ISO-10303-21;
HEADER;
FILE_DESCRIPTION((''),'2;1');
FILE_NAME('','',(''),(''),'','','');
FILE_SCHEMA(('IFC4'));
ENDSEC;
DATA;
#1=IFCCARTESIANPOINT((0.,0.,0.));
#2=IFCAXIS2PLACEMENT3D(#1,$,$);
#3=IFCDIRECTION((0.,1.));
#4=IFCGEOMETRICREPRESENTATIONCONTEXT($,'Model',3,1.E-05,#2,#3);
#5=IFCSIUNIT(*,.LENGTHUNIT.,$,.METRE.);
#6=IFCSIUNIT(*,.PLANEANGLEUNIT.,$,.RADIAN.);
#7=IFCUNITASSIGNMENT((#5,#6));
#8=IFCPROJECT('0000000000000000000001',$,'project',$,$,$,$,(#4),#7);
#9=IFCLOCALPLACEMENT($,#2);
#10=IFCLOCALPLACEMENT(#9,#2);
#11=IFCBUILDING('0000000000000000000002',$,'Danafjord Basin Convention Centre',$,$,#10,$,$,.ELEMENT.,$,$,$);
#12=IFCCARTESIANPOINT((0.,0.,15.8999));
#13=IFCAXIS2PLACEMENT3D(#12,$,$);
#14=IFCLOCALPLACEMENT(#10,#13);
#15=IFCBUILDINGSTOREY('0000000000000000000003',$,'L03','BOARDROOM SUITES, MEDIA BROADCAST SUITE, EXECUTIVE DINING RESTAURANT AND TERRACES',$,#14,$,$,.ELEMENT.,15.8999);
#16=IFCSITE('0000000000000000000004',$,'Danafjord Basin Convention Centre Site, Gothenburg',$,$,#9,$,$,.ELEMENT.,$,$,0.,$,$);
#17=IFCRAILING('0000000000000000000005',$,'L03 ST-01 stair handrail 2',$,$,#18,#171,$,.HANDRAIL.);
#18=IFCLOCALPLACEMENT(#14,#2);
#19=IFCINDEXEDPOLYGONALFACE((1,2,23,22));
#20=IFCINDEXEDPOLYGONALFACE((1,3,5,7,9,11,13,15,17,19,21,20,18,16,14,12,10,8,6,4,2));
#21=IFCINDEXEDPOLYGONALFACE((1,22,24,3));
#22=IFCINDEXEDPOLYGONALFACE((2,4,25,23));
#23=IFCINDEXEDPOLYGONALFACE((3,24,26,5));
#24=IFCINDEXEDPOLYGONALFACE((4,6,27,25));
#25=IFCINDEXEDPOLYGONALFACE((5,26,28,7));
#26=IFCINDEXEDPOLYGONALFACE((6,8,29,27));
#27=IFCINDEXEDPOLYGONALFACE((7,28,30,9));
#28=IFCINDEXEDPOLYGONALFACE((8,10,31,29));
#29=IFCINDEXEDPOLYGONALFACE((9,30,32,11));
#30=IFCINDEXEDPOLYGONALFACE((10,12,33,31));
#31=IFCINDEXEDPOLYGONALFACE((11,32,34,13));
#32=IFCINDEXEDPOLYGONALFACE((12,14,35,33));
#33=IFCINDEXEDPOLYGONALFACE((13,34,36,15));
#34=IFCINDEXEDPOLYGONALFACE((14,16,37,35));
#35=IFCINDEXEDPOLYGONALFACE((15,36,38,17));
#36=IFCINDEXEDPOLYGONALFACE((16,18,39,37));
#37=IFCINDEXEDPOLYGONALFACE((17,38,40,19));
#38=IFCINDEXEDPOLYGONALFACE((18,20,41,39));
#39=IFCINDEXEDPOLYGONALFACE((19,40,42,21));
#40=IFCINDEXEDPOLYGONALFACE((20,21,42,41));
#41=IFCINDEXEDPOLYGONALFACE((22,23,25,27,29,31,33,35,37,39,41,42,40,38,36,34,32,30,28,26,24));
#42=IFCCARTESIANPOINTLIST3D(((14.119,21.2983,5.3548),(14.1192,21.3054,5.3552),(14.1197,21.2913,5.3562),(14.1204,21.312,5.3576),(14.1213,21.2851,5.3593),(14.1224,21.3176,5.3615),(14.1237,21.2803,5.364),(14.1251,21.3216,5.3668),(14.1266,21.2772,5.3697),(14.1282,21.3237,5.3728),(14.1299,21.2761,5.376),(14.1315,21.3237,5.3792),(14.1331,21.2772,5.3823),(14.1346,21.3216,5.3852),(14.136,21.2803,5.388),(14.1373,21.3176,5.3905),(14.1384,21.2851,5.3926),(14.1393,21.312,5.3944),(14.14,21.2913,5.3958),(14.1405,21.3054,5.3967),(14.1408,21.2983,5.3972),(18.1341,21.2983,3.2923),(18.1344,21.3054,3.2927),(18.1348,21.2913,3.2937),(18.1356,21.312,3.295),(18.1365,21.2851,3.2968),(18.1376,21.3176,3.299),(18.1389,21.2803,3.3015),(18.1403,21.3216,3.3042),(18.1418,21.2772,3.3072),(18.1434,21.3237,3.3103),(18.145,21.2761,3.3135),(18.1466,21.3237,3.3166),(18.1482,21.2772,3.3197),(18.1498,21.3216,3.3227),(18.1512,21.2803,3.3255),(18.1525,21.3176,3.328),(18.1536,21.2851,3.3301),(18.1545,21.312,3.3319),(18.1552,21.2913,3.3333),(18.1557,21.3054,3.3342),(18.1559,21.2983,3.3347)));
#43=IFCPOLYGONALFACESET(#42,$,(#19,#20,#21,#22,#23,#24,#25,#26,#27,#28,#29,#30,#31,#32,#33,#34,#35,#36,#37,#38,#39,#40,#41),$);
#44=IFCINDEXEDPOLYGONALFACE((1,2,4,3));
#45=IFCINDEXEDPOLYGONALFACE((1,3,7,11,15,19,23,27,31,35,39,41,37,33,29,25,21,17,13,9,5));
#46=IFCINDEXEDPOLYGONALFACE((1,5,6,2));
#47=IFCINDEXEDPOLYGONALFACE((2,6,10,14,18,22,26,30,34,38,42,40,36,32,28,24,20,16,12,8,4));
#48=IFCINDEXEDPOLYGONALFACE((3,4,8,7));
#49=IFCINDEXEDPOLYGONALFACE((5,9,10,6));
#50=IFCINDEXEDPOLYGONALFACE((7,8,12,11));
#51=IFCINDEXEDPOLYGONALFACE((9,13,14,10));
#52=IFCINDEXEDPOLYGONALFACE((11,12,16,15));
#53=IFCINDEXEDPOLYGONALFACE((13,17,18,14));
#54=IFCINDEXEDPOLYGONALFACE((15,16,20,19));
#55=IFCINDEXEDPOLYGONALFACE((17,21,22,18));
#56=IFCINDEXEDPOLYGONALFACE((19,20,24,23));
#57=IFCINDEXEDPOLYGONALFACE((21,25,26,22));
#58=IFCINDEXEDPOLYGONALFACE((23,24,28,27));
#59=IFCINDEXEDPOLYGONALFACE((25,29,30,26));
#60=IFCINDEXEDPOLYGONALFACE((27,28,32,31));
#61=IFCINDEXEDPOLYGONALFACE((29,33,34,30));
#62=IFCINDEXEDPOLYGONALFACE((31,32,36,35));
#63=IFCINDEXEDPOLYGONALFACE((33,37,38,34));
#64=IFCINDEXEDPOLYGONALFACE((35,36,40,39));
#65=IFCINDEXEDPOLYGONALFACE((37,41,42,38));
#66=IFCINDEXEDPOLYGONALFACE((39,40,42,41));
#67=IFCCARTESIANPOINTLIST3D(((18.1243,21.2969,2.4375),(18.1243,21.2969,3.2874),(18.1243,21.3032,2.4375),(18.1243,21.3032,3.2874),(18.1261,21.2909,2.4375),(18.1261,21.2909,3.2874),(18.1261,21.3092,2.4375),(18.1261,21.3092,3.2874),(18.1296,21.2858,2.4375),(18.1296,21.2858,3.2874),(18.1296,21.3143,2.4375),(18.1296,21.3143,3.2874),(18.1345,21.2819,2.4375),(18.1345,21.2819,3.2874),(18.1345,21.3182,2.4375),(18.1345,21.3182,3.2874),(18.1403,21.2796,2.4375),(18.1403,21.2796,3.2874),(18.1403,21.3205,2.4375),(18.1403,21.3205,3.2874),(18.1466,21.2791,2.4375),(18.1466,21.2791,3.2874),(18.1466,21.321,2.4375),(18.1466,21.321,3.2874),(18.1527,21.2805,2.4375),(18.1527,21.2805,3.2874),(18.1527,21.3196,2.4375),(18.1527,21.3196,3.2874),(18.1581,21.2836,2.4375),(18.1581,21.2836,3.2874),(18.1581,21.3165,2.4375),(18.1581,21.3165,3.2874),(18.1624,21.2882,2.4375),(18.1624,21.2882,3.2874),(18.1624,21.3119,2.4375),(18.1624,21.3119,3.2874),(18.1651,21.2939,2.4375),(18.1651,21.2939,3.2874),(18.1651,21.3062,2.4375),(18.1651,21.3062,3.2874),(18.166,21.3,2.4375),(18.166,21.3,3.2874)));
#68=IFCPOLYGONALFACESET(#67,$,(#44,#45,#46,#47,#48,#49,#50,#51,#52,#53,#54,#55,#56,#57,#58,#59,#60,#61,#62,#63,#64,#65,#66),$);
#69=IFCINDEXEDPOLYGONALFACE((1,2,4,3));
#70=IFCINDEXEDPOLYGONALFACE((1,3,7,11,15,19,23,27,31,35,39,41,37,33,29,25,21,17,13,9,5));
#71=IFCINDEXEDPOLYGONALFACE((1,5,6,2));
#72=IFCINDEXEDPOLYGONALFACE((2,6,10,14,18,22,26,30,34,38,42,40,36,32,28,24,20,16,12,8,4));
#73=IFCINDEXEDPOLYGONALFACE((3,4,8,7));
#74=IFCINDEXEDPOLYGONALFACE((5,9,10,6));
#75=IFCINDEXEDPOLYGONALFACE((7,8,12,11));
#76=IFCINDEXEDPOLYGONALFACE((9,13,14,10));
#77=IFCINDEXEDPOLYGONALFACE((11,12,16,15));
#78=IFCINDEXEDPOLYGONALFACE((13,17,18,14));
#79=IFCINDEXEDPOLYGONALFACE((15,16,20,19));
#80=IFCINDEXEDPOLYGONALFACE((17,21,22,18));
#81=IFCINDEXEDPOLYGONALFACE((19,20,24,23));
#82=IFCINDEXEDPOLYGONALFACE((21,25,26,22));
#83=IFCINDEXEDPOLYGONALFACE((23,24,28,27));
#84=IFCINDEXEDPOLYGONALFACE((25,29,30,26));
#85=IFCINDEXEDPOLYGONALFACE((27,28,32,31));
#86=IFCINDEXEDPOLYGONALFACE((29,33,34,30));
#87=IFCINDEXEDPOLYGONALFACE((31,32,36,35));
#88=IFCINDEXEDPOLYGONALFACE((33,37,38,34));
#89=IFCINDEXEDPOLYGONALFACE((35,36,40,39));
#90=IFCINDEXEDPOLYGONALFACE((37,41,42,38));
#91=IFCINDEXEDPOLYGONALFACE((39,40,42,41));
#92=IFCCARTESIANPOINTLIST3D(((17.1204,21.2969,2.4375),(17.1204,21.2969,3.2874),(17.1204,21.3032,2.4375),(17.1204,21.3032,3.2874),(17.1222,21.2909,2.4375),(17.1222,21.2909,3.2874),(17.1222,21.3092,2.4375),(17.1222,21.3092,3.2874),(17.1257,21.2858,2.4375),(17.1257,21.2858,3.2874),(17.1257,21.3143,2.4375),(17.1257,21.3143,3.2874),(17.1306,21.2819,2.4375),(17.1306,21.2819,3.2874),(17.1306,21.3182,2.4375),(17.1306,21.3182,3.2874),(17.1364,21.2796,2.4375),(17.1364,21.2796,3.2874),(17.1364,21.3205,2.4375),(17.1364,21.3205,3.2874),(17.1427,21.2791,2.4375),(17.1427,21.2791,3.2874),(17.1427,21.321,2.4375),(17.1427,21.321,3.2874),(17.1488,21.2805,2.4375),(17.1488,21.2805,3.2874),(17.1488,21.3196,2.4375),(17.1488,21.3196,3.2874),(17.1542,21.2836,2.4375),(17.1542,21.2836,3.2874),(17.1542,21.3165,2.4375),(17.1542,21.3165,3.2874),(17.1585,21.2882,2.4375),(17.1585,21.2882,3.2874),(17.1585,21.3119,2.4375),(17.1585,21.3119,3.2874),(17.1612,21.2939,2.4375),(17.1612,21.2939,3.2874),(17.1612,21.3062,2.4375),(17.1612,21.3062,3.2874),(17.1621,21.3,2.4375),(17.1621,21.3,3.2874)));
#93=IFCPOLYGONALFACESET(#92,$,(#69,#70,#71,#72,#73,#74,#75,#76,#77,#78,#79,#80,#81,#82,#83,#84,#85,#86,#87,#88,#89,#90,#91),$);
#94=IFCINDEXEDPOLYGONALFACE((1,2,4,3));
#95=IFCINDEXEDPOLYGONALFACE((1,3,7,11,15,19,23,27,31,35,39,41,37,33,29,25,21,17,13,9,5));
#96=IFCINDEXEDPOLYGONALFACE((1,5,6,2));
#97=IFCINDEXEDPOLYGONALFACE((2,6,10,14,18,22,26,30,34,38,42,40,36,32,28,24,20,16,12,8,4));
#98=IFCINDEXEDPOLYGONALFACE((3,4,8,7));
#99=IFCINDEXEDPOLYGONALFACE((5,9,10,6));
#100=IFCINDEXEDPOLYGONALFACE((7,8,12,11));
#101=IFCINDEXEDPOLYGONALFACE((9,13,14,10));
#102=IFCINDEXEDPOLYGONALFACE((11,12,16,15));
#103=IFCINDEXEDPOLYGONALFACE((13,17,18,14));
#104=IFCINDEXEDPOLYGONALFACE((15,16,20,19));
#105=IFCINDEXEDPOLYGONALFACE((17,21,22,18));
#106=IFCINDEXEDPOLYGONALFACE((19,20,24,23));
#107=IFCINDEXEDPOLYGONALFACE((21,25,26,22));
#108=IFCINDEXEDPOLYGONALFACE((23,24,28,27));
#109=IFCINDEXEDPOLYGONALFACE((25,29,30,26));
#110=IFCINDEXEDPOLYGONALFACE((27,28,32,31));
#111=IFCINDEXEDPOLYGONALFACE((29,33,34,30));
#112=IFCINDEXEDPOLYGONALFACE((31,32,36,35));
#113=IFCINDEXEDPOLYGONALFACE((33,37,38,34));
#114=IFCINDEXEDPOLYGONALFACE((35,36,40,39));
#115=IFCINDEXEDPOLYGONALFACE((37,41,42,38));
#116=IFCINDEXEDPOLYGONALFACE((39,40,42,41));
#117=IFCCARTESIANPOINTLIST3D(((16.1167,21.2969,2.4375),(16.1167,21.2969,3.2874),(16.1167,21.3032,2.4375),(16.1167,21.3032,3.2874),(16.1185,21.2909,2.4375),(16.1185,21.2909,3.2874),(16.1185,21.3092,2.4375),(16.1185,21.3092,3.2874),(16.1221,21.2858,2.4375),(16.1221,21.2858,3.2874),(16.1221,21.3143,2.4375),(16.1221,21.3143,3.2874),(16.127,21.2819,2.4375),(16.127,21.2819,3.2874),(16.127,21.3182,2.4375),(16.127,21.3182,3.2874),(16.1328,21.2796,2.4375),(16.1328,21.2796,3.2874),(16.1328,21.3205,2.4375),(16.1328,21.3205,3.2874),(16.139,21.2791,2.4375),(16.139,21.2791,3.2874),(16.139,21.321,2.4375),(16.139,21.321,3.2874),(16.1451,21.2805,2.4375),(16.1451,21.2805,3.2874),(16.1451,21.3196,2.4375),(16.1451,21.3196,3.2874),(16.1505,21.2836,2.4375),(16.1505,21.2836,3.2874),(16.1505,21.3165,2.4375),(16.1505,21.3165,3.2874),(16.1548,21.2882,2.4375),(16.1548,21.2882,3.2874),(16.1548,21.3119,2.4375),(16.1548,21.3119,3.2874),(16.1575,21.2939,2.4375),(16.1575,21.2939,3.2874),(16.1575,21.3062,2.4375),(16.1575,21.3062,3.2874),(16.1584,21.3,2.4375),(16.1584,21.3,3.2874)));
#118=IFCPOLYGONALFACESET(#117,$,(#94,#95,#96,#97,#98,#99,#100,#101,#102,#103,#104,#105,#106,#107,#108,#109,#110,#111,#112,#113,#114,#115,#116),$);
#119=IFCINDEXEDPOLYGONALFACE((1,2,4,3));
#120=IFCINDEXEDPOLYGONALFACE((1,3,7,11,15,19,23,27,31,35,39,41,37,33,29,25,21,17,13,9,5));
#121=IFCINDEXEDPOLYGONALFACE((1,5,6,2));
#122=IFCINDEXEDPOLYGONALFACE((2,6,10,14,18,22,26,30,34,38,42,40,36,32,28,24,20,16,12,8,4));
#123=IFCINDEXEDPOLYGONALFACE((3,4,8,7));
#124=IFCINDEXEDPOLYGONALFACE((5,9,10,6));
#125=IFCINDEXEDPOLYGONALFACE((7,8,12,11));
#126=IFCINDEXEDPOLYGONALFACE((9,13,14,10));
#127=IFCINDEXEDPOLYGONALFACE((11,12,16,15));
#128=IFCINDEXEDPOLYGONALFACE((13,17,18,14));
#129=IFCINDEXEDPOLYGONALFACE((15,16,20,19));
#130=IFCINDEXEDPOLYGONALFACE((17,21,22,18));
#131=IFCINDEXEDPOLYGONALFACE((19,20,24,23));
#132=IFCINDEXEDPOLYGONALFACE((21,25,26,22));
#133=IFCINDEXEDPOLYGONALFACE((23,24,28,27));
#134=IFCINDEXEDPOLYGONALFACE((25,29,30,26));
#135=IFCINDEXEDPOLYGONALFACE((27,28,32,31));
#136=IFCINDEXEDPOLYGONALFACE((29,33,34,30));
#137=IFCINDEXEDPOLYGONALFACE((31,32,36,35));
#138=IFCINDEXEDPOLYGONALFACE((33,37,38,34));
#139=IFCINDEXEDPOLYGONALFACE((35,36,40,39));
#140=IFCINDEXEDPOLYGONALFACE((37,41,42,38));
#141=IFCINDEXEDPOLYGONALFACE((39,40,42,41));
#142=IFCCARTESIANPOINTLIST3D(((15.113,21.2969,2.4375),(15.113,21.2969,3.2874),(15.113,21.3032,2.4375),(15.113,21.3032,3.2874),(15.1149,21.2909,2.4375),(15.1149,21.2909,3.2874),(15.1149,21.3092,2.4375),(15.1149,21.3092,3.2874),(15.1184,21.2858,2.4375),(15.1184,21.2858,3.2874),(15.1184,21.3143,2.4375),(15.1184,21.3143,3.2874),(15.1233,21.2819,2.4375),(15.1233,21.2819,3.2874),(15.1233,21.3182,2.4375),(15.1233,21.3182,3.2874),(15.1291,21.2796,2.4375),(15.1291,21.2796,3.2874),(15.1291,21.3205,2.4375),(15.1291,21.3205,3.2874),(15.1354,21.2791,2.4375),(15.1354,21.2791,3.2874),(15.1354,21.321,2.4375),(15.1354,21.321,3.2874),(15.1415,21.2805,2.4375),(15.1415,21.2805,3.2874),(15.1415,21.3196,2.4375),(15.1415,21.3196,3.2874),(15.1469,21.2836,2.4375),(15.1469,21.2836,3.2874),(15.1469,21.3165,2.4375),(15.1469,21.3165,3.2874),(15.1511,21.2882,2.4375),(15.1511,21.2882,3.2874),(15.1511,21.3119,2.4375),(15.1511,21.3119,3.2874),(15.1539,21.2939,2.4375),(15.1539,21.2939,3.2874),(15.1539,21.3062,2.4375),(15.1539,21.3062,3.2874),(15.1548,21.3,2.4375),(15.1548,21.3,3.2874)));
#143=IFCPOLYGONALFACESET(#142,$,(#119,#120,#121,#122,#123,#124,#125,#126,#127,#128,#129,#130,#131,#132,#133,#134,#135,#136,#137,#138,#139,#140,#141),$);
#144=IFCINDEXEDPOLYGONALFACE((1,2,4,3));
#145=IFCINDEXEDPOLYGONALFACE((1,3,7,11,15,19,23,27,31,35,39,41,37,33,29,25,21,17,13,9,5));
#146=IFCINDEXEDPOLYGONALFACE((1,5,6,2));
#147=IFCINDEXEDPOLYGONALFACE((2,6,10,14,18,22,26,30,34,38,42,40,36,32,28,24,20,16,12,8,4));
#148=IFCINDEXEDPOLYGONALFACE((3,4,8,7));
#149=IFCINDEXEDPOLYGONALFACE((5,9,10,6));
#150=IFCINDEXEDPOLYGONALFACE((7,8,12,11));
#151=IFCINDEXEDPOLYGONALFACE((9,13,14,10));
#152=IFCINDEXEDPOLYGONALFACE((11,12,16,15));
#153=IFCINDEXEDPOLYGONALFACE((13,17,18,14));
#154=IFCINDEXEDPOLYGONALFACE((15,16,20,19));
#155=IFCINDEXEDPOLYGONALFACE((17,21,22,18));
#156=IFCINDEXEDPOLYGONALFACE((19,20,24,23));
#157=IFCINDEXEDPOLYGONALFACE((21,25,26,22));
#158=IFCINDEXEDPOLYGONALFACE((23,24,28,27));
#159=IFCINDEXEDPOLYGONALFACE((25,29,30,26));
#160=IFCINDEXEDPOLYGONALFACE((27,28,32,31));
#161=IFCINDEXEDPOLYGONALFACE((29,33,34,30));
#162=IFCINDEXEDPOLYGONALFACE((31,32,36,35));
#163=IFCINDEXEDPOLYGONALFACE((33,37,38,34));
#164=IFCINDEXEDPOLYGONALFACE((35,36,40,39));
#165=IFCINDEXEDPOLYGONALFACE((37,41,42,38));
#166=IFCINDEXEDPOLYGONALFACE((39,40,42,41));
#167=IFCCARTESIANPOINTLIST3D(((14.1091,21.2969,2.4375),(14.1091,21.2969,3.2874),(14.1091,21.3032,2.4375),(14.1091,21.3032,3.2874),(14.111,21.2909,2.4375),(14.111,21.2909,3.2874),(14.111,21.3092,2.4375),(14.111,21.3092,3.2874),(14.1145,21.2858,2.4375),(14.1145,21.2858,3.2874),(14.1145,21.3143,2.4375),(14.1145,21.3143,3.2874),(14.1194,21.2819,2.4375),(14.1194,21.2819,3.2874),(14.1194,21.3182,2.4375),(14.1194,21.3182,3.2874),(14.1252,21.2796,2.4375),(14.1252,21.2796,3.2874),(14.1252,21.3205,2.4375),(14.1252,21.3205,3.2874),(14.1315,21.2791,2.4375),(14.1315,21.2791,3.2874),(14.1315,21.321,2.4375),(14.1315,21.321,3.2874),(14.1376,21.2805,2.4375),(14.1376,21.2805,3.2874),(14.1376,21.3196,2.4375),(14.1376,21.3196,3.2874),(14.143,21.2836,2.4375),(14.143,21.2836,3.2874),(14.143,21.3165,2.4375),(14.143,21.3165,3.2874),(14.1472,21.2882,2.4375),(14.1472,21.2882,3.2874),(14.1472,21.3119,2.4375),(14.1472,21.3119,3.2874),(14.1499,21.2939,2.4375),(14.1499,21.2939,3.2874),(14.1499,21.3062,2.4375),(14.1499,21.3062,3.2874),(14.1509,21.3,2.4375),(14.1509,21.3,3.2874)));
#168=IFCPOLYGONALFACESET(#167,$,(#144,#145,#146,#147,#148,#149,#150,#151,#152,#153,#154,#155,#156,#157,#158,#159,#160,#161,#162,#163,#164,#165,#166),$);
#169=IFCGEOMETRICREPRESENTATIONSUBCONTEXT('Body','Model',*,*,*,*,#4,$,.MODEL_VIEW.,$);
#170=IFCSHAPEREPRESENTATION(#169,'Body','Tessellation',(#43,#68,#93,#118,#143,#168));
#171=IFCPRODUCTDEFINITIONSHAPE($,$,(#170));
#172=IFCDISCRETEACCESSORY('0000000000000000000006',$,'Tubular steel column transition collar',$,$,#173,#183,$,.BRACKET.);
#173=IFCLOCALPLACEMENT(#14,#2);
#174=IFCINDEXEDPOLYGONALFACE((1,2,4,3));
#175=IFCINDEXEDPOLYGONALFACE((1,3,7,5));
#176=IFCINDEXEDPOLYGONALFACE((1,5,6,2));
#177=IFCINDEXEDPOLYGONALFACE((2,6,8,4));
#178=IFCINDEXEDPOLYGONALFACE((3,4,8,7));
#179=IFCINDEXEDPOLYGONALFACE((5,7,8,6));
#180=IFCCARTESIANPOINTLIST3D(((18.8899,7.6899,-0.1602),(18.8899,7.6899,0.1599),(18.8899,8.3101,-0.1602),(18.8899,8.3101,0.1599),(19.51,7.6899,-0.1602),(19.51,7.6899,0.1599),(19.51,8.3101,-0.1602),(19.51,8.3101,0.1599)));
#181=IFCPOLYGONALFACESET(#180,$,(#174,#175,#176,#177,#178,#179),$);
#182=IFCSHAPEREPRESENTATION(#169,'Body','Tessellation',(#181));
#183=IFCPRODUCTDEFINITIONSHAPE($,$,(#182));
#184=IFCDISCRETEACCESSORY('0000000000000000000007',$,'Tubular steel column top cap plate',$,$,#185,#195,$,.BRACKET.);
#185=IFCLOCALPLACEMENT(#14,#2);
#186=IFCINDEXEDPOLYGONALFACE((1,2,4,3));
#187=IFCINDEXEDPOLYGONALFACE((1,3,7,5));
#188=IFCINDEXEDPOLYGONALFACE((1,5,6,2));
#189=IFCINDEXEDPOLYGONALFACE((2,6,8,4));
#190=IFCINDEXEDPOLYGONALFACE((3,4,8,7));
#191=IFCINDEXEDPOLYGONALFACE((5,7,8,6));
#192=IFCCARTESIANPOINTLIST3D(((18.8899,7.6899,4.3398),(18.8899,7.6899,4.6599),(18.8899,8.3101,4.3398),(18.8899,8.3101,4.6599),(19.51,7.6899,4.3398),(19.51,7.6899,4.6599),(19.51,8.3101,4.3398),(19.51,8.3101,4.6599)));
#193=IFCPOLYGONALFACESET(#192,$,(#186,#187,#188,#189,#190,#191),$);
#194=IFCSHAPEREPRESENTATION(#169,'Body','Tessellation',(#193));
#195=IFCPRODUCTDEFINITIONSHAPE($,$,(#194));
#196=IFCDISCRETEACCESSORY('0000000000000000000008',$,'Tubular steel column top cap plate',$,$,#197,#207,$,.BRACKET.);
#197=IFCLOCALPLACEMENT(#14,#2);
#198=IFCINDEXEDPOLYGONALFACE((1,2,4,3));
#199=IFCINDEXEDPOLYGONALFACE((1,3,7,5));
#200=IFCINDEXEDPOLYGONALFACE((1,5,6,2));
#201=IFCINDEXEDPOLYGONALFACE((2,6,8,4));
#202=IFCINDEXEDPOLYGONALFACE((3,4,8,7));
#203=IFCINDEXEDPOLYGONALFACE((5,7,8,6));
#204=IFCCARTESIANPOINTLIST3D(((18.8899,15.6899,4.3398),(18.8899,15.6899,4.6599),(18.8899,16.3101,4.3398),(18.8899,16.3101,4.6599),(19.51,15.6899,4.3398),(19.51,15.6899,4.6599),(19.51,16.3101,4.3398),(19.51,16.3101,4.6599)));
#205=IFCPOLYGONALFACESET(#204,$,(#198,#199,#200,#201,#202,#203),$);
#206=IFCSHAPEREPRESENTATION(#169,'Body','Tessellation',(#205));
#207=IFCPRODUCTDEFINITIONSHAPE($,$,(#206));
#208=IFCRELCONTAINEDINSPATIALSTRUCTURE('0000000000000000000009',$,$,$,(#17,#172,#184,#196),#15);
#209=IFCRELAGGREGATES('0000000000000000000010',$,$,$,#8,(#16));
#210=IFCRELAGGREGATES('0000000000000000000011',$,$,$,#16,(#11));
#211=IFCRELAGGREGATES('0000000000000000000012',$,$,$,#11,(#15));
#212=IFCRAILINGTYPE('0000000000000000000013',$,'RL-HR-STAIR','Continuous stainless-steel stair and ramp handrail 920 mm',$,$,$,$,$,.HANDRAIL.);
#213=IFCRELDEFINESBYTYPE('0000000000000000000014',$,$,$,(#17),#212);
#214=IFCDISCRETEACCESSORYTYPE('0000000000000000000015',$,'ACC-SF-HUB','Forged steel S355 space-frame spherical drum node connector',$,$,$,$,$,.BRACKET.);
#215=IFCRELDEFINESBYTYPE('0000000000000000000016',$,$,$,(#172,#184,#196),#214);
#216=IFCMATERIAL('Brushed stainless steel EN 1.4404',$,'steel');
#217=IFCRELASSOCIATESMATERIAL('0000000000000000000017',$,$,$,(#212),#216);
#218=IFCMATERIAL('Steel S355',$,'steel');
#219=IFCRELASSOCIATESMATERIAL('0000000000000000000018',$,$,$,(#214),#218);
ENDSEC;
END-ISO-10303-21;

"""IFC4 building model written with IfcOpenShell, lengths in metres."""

from ifc_helpers import new_model, si_unit, direction, frame, origin, origin_2d, place, context, subcontext, project, spatial, rectangle, circle, extrude, material, type_object, element, save


model = new_model("IFC4")

# Units and contexts
model_context = context("Model", 3, precision=1e-05, world=origin(), true_north=direction((0.0, 1.0)))
body_context = subcontext(model_context, "Body", "Model", "MODEL_VIEW")
ifc_project = project(units=[si_unit("LENGTHUNIT", "METRE"), si_unit("PLANEANGLEUNIT", "RADIAN")], contexts=[model_context])

# Site, building, storey
site_placement = place(None, origin())
site = spatial("IfcSite", under=ifc_project, at=site_placement, Name="Danafjord Basin Convention Centre Site, Gothenburg", CompositionType="ELEMENT", RefElevation=0.0)
building_placement = place(site_placement, origin())
building = spatial("IfcBuilding", under=site, at=building_placement, Name="Danafjord Basin Convention Centre", CompositionType="ELEMENT")
storey_placement = place(building_placement, frame((0.0, 0.0, 15.8999)))
storey = spatial("IfcBuildingStorey", under=building, at=storey_placement, Name="L03", Description="BOARDROOM SUITES, MEDIA BROADCAST SUITE, EXECUTIVE DINING RESTAURANT AND TERRACES", CompositionType="ELEMENT", Elevation=15.8999)

# Shared definitions
ifc_material_1 = material(Name="Steel S355", Category="steel")

# Railing
ifc_material_2 = material(Name="Brushed stainless steel EN 1.4404", Category="steel")
railing_type_1 = type_object("IfcRailingType", Name="RL-HR-STAIR", Description="Continuous stainless-steel stair and ramp handrail 920 mm", PredefinedType="HANDRAIL", material=ifc_material_2)
railing_1_placement = place(storey_placement, frame((18.145, 21.3, 2.4375)))
element("IfcRailing", 1, at=railing_1_placement, inside=storey, type_object=railing_type_1, Name="L03 ST-01 stair handrail 2", PredefinedType="HANDRAIL", context=body_context, shape_type="SweptSolid", body=[
    extrude(circle(Radius=0.0239, at=origin_2d()), frame((0.0, 0.0, 0.876), z_axis=(-0.889506, 0.0, 0.456923), x_axis=(0.0, -1.0, 0.0)), (0.0, 0.0, 1.0), 4.5139),
    extrude(circle(Radius=0.021, at=origin_2d()), origin(), (0.0, 0.0, 1.0), 0.8499),
    extrude(circle(Radius=0.021, at=origin_2d()), frame((-1.0039, 0.0, 0.0)), (0.0, 0.0, 1.0), 0.8499),
    extrude(circle(Radius=0.021, at=origin_2d()), frame((-2.0076, 0.0, 0.0)), (0.0, 0.0, 1.0), 0.8499),
    extrude(circle(Radius=0.021, at=origin_2d()), frame((-3.0112, 0.0, 0.0)), (0.0, 0.0, 1.0), 0.8499),
    extrude(circle(Radius=0.021, at=origin_2d()), frame((-4.0151, 0.0, 0.0)), (0.0, 0.0, 1.0), 0.8499),
])

# Discrete accessories
discrete_accessory_type = type_object("IfcDiscreteAccessoryType", Name="ACC-SF-HUB", Description="Forged steel S355 space-frame spherical drum node connector", PredefinedType="BRACKET", material=ifc_material_1)
for number, where, z_axis, x_axis, name in (
    (2, (19.2, 8.0, -0.1602), (0.0, 0.0, 1.0), (1.0, 0.0, 0.0), "Tubular steel column transition collar"),
    (3, (19.2, 8.0, 4.3398), (0.0, 0.0, 1.0), (1.0, 0.0, 0.0), "Tubular steel column top cap plate"),
    (4, (19.2, 16.0, 4.3398), (0.0, 0.0, 1.0), (1.0, 0.0, 0.0), "Tubular steel column top cap plate"),
):
    element("IfcDiscreteAccessory", number, at=place(storey_placement, frame(where, z_axis=z_axis, x_axis=x_axis)), inside=storey, type_object=discrete_accessory_type, Name=name, PredefinedType="BRACKET", context=body_context, shape_type="SweptSolid", body=[
        extrude(rectangle(XDim=0.6201, YDim=0.6201, at=origin_2d()), origin(), (0.0, 0.0, 1.0), 0.3201),
    ])

save(model, "model.ifc")
